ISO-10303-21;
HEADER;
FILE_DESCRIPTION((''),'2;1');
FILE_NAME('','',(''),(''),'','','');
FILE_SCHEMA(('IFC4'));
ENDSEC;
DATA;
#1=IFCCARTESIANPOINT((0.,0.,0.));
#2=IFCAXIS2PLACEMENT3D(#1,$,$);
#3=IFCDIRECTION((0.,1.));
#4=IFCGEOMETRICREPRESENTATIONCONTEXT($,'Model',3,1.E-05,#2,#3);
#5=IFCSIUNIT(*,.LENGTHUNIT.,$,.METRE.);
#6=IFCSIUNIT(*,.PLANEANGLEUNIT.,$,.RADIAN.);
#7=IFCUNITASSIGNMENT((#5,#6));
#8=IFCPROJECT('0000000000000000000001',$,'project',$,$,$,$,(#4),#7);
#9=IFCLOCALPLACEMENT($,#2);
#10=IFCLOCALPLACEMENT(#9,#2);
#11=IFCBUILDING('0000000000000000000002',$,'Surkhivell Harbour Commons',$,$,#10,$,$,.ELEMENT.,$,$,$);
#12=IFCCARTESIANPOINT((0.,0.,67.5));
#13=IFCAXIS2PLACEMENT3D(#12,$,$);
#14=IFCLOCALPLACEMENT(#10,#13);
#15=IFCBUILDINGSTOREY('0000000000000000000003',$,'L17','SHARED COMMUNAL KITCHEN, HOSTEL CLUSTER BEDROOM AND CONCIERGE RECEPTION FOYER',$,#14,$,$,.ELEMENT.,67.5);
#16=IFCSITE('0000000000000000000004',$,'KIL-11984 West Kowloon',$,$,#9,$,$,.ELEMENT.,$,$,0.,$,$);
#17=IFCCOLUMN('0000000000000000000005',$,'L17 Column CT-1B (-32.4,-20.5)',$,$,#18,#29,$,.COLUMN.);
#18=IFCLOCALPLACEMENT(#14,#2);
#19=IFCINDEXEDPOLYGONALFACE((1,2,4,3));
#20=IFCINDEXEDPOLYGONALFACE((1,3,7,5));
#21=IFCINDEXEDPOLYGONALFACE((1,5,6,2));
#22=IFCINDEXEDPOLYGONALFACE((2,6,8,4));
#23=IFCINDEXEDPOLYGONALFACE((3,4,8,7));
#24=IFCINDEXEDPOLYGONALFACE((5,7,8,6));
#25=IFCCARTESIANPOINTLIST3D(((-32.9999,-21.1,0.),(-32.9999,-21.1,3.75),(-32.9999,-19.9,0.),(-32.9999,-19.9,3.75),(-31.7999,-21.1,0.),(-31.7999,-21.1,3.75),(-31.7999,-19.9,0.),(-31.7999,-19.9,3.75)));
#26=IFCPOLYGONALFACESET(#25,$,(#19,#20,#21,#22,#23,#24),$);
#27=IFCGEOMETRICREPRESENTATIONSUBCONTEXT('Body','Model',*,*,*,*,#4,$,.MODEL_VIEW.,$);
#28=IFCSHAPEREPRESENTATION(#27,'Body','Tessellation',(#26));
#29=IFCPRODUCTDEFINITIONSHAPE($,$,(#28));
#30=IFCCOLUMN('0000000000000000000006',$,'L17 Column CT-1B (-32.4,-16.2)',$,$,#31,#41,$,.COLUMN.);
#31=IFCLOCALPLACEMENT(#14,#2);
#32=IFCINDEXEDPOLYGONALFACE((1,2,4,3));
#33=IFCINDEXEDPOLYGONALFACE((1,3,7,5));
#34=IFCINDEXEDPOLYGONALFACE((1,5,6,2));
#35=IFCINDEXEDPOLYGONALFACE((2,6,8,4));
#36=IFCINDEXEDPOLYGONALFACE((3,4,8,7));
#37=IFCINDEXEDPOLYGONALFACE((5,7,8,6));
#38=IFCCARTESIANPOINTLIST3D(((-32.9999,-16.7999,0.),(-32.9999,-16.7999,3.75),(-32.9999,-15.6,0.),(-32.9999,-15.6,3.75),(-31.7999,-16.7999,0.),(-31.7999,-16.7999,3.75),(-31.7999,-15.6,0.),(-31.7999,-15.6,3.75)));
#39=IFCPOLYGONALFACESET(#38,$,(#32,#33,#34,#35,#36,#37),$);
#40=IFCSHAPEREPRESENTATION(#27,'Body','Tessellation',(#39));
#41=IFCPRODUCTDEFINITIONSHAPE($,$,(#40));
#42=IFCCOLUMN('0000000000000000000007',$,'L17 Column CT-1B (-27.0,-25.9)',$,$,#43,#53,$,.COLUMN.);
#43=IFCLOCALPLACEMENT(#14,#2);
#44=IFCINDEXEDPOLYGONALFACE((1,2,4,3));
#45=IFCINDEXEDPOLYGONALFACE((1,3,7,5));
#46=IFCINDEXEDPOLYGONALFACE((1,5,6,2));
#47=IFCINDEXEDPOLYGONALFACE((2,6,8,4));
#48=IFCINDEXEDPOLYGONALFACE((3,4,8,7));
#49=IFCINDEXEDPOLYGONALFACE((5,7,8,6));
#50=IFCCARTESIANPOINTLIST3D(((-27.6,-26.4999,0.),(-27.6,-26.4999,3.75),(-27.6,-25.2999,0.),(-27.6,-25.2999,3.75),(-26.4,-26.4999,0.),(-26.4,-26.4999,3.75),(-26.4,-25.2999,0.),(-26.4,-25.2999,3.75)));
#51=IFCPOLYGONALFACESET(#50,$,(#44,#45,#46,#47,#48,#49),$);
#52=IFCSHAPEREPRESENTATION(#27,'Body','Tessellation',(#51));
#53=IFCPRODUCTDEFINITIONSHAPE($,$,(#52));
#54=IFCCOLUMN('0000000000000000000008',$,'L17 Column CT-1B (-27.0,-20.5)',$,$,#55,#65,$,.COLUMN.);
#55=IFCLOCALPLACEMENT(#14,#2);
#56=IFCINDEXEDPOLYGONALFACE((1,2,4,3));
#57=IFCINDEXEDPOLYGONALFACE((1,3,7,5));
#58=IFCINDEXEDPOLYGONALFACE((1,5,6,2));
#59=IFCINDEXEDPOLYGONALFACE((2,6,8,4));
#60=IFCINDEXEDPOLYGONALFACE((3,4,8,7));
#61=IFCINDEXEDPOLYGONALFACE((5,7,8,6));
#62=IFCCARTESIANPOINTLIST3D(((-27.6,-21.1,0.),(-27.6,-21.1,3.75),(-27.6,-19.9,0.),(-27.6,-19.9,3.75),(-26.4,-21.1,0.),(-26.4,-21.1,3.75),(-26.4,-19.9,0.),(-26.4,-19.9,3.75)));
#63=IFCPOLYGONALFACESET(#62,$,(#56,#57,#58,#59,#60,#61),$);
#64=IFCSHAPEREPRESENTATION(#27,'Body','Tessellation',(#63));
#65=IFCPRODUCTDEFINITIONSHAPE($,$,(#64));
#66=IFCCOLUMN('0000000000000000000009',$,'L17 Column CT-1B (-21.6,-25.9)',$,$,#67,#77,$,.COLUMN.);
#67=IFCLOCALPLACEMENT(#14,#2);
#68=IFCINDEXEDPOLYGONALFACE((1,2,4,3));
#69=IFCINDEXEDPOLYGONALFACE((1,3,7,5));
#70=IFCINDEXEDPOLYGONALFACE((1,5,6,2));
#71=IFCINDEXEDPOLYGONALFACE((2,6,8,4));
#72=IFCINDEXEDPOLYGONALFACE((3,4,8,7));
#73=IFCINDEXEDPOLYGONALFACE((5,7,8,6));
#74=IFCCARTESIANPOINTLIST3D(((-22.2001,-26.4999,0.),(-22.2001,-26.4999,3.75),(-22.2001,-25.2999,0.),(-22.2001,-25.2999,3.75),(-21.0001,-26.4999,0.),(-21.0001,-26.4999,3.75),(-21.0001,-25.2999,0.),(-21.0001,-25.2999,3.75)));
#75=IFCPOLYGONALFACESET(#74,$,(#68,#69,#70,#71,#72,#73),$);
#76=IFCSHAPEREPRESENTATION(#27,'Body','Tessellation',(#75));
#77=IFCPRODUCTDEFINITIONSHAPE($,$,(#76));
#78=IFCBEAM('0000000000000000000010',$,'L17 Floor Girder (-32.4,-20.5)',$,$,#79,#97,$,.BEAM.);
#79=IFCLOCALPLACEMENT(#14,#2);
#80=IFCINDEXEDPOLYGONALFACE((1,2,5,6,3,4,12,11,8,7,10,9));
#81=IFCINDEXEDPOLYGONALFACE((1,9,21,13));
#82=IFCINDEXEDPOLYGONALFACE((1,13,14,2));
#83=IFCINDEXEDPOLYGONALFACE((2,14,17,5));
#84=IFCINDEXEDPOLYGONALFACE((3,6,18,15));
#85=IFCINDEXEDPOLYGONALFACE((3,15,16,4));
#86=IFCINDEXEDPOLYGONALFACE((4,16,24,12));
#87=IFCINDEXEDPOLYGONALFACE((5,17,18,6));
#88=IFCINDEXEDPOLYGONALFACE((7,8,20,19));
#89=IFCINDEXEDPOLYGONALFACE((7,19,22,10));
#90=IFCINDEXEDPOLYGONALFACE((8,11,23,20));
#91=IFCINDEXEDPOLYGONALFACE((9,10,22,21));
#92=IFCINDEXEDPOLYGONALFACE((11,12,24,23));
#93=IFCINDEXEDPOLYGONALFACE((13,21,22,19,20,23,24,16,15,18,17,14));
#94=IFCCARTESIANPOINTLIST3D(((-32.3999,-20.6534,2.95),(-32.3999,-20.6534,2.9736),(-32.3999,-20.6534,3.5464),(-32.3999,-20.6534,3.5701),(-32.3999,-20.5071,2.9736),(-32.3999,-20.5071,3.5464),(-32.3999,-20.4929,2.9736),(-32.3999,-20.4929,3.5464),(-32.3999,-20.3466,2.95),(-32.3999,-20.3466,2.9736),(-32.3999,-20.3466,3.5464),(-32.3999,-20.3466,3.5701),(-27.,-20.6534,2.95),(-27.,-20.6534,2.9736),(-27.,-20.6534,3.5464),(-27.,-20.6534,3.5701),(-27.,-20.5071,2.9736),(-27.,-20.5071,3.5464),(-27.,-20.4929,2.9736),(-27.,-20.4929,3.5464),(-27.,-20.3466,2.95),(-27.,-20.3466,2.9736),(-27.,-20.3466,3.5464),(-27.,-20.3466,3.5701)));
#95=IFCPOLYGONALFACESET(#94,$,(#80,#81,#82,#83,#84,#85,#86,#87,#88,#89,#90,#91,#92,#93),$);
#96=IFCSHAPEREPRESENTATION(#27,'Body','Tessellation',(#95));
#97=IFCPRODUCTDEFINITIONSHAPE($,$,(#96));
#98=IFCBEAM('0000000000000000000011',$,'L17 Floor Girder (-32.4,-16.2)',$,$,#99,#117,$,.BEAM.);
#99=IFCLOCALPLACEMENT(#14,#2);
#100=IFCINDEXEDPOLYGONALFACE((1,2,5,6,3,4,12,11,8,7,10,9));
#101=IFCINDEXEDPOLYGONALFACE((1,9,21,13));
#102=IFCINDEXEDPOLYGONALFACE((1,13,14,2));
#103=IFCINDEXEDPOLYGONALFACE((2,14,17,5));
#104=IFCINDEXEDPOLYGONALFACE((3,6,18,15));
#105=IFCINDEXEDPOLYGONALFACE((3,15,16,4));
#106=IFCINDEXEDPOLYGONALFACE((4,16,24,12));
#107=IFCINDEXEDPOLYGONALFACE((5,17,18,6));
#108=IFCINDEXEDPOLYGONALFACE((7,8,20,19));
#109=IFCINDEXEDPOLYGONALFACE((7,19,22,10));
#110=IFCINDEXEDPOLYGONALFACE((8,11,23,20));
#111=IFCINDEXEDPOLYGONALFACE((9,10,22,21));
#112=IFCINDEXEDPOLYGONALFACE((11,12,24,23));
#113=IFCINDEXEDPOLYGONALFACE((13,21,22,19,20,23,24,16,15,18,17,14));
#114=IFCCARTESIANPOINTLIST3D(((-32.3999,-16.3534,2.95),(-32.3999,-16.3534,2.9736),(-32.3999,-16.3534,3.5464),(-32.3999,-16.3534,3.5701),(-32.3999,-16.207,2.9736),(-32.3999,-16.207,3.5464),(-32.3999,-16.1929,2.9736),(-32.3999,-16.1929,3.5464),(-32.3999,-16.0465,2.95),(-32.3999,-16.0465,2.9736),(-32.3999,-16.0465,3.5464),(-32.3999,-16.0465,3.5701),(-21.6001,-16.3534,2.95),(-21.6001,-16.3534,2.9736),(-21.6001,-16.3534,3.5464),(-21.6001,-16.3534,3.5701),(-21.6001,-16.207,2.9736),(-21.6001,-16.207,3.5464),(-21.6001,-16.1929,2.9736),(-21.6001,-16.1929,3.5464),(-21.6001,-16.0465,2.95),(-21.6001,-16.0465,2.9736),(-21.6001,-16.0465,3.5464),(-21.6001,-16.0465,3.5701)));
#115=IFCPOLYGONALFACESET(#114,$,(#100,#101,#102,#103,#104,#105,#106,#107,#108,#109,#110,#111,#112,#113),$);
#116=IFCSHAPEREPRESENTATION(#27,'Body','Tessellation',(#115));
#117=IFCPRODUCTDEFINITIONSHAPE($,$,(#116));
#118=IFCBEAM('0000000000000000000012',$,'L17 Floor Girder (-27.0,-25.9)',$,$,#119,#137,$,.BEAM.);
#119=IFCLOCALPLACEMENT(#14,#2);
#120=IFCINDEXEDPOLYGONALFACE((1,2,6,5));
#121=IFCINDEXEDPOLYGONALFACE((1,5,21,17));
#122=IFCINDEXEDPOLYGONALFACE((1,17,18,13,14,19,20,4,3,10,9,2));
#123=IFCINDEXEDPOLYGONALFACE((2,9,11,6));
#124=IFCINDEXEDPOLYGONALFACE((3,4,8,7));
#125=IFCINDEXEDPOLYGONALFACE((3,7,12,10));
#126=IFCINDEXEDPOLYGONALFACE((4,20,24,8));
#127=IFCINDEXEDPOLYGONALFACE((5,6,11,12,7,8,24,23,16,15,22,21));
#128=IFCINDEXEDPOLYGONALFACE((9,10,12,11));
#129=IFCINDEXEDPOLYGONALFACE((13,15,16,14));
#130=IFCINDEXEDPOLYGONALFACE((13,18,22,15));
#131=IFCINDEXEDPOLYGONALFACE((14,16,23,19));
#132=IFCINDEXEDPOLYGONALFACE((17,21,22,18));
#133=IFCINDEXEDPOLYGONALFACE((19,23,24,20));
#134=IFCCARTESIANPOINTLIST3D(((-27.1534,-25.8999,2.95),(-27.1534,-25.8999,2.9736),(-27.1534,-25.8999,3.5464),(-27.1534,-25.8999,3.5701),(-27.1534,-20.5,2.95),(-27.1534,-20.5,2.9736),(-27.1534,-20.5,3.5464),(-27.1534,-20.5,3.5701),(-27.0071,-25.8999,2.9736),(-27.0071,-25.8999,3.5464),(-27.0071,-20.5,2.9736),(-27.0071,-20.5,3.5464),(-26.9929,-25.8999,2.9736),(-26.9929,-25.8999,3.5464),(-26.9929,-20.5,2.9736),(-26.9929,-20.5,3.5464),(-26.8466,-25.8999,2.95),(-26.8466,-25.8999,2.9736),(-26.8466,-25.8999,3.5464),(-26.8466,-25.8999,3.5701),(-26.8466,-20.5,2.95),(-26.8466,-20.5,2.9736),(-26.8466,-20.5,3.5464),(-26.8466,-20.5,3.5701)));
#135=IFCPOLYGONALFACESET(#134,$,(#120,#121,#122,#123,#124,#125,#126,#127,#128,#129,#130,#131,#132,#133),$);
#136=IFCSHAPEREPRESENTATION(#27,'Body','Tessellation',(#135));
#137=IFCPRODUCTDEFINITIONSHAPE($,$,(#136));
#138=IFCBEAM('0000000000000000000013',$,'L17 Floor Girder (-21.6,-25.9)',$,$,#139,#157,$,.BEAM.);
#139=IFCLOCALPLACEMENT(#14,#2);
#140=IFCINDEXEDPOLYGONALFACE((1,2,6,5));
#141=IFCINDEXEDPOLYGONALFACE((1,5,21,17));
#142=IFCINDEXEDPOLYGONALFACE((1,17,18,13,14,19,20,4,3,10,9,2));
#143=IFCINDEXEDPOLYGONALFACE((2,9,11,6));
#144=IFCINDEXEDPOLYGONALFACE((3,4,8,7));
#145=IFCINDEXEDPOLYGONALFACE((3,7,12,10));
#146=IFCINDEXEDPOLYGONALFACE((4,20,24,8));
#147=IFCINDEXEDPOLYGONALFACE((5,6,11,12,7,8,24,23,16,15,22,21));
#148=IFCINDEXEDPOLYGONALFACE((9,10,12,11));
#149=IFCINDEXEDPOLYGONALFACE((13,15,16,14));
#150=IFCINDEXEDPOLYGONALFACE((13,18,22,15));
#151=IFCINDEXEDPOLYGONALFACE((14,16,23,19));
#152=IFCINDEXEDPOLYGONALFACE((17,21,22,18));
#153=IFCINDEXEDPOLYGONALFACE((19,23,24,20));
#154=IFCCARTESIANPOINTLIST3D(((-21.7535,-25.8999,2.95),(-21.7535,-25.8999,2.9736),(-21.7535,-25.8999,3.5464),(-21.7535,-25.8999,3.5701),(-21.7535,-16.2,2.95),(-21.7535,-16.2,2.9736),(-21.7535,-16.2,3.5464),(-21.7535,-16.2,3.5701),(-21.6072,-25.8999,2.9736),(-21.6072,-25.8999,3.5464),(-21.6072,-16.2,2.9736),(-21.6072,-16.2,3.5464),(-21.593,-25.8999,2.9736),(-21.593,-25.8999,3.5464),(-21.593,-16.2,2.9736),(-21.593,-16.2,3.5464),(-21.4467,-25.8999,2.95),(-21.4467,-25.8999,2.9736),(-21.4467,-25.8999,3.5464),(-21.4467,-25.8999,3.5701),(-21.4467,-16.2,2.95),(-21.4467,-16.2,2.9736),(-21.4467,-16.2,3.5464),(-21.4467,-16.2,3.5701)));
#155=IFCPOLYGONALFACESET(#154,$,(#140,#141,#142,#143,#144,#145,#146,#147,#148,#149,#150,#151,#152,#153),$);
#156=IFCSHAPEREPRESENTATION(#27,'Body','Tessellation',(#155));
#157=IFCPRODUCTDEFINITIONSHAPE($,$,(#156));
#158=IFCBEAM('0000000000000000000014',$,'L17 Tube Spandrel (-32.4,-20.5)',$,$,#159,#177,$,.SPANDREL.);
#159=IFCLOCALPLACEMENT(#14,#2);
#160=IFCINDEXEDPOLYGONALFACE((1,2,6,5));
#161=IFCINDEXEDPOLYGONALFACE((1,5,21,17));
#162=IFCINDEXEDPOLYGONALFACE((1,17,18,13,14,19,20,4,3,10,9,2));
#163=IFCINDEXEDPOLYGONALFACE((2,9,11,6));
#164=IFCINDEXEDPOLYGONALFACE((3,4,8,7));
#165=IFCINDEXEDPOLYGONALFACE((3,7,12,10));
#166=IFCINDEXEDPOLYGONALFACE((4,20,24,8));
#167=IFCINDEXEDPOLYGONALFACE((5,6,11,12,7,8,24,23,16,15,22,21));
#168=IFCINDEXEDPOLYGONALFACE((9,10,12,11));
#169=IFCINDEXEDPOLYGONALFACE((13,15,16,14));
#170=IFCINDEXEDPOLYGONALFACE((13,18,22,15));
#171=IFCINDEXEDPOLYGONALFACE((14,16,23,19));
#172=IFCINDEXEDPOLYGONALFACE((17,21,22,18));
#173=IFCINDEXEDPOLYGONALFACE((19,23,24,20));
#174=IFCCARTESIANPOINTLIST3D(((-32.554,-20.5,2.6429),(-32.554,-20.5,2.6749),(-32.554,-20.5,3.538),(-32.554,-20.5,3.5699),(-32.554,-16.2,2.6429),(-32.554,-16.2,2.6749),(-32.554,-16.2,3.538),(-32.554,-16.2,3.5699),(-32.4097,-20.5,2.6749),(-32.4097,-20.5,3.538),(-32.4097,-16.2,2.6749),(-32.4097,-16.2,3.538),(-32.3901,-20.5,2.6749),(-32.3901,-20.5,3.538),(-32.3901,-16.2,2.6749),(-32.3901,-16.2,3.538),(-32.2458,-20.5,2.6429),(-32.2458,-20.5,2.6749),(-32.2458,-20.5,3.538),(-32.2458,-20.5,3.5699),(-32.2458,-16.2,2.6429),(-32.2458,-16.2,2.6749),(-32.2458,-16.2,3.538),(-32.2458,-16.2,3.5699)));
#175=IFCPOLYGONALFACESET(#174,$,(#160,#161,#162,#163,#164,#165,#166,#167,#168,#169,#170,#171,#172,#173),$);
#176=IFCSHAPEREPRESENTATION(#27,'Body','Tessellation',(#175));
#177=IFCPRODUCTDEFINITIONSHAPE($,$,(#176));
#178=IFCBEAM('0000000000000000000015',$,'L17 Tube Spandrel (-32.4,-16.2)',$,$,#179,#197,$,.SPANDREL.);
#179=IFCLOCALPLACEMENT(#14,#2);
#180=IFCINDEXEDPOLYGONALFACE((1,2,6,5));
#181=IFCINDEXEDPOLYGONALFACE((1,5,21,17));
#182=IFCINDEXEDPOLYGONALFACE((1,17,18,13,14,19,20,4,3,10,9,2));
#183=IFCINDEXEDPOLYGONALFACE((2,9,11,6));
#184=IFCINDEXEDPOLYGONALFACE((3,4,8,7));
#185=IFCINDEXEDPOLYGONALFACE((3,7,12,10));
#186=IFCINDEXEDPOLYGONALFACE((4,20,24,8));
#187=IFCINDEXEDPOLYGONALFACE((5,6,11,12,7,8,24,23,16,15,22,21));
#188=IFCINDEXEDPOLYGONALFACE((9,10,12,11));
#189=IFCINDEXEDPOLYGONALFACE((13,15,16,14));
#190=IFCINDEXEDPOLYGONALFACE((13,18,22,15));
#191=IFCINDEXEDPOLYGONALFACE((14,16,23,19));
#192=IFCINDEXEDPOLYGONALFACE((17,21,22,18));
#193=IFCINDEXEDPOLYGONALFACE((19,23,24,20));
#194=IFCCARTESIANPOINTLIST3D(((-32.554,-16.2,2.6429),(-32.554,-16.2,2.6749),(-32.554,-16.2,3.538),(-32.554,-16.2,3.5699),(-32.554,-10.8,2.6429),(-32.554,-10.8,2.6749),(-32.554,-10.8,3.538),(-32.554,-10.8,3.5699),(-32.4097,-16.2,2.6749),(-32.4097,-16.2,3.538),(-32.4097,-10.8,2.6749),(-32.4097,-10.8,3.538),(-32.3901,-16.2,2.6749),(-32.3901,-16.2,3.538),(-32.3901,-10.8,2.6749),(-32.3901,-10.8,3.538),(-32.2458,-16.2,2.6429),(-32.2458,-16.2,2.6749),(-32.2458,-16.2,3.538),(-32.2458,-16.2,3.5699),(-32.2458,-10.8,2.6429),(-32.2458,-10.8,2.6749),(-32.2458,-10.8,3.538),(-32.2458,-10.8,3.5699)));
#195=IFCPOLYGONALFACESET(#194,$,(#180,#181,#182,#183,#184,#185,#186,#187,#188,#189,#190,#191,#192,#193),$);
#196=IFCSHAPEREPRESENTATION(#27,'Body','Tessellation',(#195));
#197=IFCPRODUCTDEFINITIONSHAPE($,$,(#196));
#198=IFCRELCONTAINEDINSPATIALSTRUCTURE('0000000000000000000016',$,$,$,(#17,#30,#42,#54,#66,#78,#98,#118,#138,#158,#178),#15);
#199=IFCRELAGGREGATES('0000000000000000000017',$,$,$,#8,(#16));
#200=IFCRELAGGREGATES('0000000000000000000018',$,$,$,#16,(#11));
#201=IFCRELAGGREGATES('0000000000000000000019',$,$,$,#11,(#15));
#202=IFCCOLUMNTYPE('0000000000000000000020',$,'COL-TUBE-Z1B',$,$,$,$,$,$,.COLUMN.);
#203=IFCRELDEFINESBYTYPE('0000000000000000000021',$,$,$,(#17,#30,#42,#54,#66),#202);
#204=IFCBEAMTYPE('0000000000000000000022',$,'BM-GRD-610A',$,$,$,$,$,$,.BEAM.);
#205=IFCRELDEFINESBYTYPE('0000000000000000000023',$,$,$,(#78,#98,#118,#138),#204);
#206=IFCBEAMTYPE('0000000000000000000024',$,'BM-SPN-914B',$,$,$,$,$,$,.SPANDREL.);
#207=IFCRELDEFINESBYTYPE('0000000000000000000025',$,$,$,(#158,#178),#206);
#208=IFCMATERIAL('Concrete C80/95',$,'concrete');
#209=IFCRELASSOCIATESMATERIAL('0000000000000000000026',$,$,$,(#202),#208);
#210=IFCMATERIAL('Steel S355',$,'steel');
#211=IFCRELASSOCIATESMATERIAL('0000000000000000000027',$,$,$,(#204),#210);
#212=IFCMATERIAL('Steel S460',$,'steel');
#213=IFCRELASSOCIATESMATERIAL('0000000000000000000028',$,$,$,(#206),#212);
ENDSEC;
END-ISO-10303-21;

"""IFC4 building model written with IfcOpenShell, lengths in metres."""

from ifc_helpers import new_model, si_unit, direction, frame, origin, origin_2d, place, context, subcontext, project, spatial, rectangle, i_section, extrude, material, material_profile, profile_set, type_object, element, save


model = new_model("IFC4")

# Units and contexts
model_context = context("Model", 3, precision=1e-05, world=origin(), true_north=direction((0.0, 1.0)))
body_context = subcontext(model_context, "Body", "Model", "MODEL_VIEW")
ifc_project = project(units=[si_unit("LENGTHUNIT", "METRE"), si_unit("PLANEANGLEUNIT", "RADIAN")], contexts=[model_context])

# Site, building, storey
site_placement = place(None, origin())
site = spatial("IfcSite", under=ifc_project, at=site_placement, Name="KIL-11984 West Kowloon", CompositionType="ELEMENT", RefElevation=0.0)
building_placement = place(site_placement, origin())
building = spatial("IfcBuilding", under=site, at=building_placement, Name="Surkhivell Harbour Commons", CompositionType="ELEMENT")
storey_placement = place(building_placement, frame((0.0, 0.0, 67.5)))
storey = spatial("IfcBuildingStorey", under=building, at=storey_placement, Name="L17", Description="SHARED COMMUNAL KITCHEN, HOSTEL CLUSTER BEDROOM AND CONCIERGE RECEPTION FOYER", CompositionType="ELEMENT", Elevation=67.5)

# Columns
ifc_material_1 = material(Name="Concrete C80/95", Category="concrete")
ifc_material_profile_1 = material_profile(ifc_material_1, rectangle(XDim=1.2, YDim=1.2, at=origin_2d()), Name="RC-COL-1200x1200")
ifc_profile_set_1 = profile_set([ifc_material_profile_1], Name="Concrete C80/95")
column_type = type_object("IfcColumnType", Name="COL-TUBE-Z1B", PredefinedType="COLUMN", material=ifc_profile_set_1)
for number, where, z_axis, x_axis, name in (
    (1, (-32.3999, -20.5, 0.0), (0.0, 0.0, 1.0), (1.0, 0.0, 0.0), "L17 Column CT-1B (-32.4,-20.5)"),
    (2, (-32.3999, -16.2, 0.0), (0.0, 0.0, 1.0), (1.0, 0.0, 0.0), "L17 Column CT-1B (-32.4,-16.2)"),
    (3, (-27.0, -25.8999, 0.0), (0.0, 0.0, 1.0), (1.0, 0.0, 0.0), "L17 Column CT-1B (-27.0,-25.9)"),
    (4, (-27.0, -20.5, 0.0), (0.0, 0.0, 1.0), (1.0, 0.0, 0.0), "L17 Column CT-1B (-27.0,-20.5)"),
    (5, (-21.6001, -25.8999, 0.0), (0.0, 0.0, 1.0), (1.0, 0.0, 0.0), "L17 Column CT-1B (-21.6,-25.9)"),
):
    element("IfcColumn", number, at=place(storey_placement, frame(where, z_axis=z_axis, x_axis=x_axis)), inside=storey, type_object=column_type, Name=name, PredefinedType="COLUMN", context=body_context, shape_type="SweptSolid", body=[
        extrude(rectangle(XDim=1.2, YDim=1.2, at=origin_2d()), origin(), (0.0, 0.0, 1.0), 3.75),
    ])

# Beams
ifc_material_2 = material(Name="Steel S355", Category="steel")
ifc_material_profile_2 = material_profile(ifc_material_2, i_section(OverallWidth=0.3069, OverallDepth=0.6201, WebThickness=0.0142, FlangeThickness=0.0237, at=origin_2d()), Name="UB610x305x179")
ifc_profile_set_2 = profile_set([ifc_material_profile_2], Name="Steel S355")
beam_type_1 = type_object("IfcBeamType", Name="BM-GRD-610A", PredefinedType="BEAM", material=ifc_profile_set_2)
beam_1_placement = place(storey_placement, frame((-32.3999, -20.5, 3.26), z_axis=(1.0, 0.0, 0.0), x_axis=(0.0, 1.0, 0.0)))
element("IfcBeam", 6, at=beam_1_placement, inside=storey, type_object=beam_type_1, Name="L17 Floor Girder (-32.4,-20.5)", PredefinedType="BEAM", context=body_context, shape_type="SweptSolid", body=[
    extrude(i_section(OverallWidth=0.3069, OverallDepth=0.6201, WebThickness=0.0142, FlangeThickness=0.0237, at=origin_2d()), origin(), (0.0, 0.0, 1.0), 5.3999),
])
beam_2_placement = place(storey_placement, frame((-32.3999, -16.2, 3.26), z_axis=(1.0, 0.0, 0.0), x_axis=(0.0, 1.0, 0.0)))
element("IfcBeam", 7, at=beam_2_placement, inside=storey, type_object=beam_type_1, Name="L17 Floor Girder (-32.4,-16.2)", PredefinedType="BEAM", context=body_context, shape_type="SweptSolid", body=[
    extrude(i_section(OverallWidth=0.3069, OverallDepth=0.6201, WebThickness=0.0142, FlangeThickness=0.0237, at=origin_2d()), origin(), (0.0, 0.0, 1.0), 10.7998),
])
beam_3_placement = place(storey_placement, frame((-27.0, -25.8999, 3.26), z_axis=(0.0, 1.0, 0.0), x_axis=(-1.0, 0.0, 0.0)))
element("IfcBeam", 8, at=beam_3_placement, inside=storey, type_object=beam_type_1, Name="L17 Floor Girder (-27.0,-25.9)", PredefinedType="BEAM", context=body_context, shape_type="SweptSolid", body=[
    extrude(i_section(OverallWidth=0.3069, OverallDepth=0.6201, WebThickness=0.0142, FlangeThickness=0.0237, at=origin_2d()), origin(), (0.0, 0.0, 1.0), 5.3999),
])
beam_4_placement = place(storey_placement, frame((-21.6001, -25.8999, 3.26), z_axis=(0.0, 1.0, 0.0), x_axis=(-1.0, 0.0, 0.0)))
element("IfcBeam", 9, at=beam_4_placement, inside=storey, type_object=beam_type_1, Name="L17 Floor Girder (-21.6,-25.9)", PredefinedType="BEAM", context=body_context, shape_type="SweptSolid", body=[
    extrude(i_section(OverallWidth=0.3069, OverallDepth=0.6201, WebThickness=0.0142, FlangeThickness=0.0237, at=origin_2d()), origin(), (0.0, 0.0, 1.0), 9.7),
])
ifc_material_3 = material(Name="Steel S460", Category="steel")
ifc_material_profile_3 = material_profile(ifc_material_3, i_section(OverallWidth=0.3081, OverallDepth=0.927, WebThickness=0.0195, FlangeThickness=0.032, at=origin_2d()), Name="UB914x305x289")
ifc_profile_set_3 = profile_set([ifc_material_profile_3], Name="Steel S460")
beam_type_2 = type_object("IfcBeamType", Name="BM-SPN-914B", PredefinedType="SPANDREL", material=ifc_profile_set_3)
beam_5_placement = place(storey_placement, frame((-32.3999, -20.5, 3.1064), z_axis=(0.0, 1.0, 0.0), x_axis=(-1.0, 0.0, 0.0)))
element("IfcBeam", 10, at=beam_5_placement, inside=storey, type_object=beam_type_2, Name="L17 Tube Spandrel (-32.4,-20.5)", PredefinedType="SPANDREL", context=body_context, shape_type="SweptSolid", body=[
    extrude(i_section(OverallWidth=0.3081, OverallDepth=0.927, WebThickness=0.0195, FlangeThickness=0.032, at=origin_2d()), origin(), (0.0, 0.0, 1.0), 4.3),
])
for number, where, z_axis, x_axis, name in (
    (11, (-32.3999, -16.2, 3.1064), (0.0, 1.0, 0.0), (-1.0, 0.0, 0.0), "L17 Tube Spandrel (-32.4,-16.2)"),
):
    element("IfcBeam", number, at=place(storey_placement, frame(where, z_axis=z_axis, x_axis=x_axis)), inside=storey, type_object=beam_type_2, Name=name, PredefinedType="SPANDREL", context=body_context, shape_type="SweptSolid", body=[
        extrude(i_section(OverallWidth=0.3081, OverallDepth=0.927, WebThickness=0.0195, FlangeThickness=0.032, at=origin_2d()), origin(), (0.0, 0.0, 1.0), 5.3999),
    ])

save(model, "model.ifc")
